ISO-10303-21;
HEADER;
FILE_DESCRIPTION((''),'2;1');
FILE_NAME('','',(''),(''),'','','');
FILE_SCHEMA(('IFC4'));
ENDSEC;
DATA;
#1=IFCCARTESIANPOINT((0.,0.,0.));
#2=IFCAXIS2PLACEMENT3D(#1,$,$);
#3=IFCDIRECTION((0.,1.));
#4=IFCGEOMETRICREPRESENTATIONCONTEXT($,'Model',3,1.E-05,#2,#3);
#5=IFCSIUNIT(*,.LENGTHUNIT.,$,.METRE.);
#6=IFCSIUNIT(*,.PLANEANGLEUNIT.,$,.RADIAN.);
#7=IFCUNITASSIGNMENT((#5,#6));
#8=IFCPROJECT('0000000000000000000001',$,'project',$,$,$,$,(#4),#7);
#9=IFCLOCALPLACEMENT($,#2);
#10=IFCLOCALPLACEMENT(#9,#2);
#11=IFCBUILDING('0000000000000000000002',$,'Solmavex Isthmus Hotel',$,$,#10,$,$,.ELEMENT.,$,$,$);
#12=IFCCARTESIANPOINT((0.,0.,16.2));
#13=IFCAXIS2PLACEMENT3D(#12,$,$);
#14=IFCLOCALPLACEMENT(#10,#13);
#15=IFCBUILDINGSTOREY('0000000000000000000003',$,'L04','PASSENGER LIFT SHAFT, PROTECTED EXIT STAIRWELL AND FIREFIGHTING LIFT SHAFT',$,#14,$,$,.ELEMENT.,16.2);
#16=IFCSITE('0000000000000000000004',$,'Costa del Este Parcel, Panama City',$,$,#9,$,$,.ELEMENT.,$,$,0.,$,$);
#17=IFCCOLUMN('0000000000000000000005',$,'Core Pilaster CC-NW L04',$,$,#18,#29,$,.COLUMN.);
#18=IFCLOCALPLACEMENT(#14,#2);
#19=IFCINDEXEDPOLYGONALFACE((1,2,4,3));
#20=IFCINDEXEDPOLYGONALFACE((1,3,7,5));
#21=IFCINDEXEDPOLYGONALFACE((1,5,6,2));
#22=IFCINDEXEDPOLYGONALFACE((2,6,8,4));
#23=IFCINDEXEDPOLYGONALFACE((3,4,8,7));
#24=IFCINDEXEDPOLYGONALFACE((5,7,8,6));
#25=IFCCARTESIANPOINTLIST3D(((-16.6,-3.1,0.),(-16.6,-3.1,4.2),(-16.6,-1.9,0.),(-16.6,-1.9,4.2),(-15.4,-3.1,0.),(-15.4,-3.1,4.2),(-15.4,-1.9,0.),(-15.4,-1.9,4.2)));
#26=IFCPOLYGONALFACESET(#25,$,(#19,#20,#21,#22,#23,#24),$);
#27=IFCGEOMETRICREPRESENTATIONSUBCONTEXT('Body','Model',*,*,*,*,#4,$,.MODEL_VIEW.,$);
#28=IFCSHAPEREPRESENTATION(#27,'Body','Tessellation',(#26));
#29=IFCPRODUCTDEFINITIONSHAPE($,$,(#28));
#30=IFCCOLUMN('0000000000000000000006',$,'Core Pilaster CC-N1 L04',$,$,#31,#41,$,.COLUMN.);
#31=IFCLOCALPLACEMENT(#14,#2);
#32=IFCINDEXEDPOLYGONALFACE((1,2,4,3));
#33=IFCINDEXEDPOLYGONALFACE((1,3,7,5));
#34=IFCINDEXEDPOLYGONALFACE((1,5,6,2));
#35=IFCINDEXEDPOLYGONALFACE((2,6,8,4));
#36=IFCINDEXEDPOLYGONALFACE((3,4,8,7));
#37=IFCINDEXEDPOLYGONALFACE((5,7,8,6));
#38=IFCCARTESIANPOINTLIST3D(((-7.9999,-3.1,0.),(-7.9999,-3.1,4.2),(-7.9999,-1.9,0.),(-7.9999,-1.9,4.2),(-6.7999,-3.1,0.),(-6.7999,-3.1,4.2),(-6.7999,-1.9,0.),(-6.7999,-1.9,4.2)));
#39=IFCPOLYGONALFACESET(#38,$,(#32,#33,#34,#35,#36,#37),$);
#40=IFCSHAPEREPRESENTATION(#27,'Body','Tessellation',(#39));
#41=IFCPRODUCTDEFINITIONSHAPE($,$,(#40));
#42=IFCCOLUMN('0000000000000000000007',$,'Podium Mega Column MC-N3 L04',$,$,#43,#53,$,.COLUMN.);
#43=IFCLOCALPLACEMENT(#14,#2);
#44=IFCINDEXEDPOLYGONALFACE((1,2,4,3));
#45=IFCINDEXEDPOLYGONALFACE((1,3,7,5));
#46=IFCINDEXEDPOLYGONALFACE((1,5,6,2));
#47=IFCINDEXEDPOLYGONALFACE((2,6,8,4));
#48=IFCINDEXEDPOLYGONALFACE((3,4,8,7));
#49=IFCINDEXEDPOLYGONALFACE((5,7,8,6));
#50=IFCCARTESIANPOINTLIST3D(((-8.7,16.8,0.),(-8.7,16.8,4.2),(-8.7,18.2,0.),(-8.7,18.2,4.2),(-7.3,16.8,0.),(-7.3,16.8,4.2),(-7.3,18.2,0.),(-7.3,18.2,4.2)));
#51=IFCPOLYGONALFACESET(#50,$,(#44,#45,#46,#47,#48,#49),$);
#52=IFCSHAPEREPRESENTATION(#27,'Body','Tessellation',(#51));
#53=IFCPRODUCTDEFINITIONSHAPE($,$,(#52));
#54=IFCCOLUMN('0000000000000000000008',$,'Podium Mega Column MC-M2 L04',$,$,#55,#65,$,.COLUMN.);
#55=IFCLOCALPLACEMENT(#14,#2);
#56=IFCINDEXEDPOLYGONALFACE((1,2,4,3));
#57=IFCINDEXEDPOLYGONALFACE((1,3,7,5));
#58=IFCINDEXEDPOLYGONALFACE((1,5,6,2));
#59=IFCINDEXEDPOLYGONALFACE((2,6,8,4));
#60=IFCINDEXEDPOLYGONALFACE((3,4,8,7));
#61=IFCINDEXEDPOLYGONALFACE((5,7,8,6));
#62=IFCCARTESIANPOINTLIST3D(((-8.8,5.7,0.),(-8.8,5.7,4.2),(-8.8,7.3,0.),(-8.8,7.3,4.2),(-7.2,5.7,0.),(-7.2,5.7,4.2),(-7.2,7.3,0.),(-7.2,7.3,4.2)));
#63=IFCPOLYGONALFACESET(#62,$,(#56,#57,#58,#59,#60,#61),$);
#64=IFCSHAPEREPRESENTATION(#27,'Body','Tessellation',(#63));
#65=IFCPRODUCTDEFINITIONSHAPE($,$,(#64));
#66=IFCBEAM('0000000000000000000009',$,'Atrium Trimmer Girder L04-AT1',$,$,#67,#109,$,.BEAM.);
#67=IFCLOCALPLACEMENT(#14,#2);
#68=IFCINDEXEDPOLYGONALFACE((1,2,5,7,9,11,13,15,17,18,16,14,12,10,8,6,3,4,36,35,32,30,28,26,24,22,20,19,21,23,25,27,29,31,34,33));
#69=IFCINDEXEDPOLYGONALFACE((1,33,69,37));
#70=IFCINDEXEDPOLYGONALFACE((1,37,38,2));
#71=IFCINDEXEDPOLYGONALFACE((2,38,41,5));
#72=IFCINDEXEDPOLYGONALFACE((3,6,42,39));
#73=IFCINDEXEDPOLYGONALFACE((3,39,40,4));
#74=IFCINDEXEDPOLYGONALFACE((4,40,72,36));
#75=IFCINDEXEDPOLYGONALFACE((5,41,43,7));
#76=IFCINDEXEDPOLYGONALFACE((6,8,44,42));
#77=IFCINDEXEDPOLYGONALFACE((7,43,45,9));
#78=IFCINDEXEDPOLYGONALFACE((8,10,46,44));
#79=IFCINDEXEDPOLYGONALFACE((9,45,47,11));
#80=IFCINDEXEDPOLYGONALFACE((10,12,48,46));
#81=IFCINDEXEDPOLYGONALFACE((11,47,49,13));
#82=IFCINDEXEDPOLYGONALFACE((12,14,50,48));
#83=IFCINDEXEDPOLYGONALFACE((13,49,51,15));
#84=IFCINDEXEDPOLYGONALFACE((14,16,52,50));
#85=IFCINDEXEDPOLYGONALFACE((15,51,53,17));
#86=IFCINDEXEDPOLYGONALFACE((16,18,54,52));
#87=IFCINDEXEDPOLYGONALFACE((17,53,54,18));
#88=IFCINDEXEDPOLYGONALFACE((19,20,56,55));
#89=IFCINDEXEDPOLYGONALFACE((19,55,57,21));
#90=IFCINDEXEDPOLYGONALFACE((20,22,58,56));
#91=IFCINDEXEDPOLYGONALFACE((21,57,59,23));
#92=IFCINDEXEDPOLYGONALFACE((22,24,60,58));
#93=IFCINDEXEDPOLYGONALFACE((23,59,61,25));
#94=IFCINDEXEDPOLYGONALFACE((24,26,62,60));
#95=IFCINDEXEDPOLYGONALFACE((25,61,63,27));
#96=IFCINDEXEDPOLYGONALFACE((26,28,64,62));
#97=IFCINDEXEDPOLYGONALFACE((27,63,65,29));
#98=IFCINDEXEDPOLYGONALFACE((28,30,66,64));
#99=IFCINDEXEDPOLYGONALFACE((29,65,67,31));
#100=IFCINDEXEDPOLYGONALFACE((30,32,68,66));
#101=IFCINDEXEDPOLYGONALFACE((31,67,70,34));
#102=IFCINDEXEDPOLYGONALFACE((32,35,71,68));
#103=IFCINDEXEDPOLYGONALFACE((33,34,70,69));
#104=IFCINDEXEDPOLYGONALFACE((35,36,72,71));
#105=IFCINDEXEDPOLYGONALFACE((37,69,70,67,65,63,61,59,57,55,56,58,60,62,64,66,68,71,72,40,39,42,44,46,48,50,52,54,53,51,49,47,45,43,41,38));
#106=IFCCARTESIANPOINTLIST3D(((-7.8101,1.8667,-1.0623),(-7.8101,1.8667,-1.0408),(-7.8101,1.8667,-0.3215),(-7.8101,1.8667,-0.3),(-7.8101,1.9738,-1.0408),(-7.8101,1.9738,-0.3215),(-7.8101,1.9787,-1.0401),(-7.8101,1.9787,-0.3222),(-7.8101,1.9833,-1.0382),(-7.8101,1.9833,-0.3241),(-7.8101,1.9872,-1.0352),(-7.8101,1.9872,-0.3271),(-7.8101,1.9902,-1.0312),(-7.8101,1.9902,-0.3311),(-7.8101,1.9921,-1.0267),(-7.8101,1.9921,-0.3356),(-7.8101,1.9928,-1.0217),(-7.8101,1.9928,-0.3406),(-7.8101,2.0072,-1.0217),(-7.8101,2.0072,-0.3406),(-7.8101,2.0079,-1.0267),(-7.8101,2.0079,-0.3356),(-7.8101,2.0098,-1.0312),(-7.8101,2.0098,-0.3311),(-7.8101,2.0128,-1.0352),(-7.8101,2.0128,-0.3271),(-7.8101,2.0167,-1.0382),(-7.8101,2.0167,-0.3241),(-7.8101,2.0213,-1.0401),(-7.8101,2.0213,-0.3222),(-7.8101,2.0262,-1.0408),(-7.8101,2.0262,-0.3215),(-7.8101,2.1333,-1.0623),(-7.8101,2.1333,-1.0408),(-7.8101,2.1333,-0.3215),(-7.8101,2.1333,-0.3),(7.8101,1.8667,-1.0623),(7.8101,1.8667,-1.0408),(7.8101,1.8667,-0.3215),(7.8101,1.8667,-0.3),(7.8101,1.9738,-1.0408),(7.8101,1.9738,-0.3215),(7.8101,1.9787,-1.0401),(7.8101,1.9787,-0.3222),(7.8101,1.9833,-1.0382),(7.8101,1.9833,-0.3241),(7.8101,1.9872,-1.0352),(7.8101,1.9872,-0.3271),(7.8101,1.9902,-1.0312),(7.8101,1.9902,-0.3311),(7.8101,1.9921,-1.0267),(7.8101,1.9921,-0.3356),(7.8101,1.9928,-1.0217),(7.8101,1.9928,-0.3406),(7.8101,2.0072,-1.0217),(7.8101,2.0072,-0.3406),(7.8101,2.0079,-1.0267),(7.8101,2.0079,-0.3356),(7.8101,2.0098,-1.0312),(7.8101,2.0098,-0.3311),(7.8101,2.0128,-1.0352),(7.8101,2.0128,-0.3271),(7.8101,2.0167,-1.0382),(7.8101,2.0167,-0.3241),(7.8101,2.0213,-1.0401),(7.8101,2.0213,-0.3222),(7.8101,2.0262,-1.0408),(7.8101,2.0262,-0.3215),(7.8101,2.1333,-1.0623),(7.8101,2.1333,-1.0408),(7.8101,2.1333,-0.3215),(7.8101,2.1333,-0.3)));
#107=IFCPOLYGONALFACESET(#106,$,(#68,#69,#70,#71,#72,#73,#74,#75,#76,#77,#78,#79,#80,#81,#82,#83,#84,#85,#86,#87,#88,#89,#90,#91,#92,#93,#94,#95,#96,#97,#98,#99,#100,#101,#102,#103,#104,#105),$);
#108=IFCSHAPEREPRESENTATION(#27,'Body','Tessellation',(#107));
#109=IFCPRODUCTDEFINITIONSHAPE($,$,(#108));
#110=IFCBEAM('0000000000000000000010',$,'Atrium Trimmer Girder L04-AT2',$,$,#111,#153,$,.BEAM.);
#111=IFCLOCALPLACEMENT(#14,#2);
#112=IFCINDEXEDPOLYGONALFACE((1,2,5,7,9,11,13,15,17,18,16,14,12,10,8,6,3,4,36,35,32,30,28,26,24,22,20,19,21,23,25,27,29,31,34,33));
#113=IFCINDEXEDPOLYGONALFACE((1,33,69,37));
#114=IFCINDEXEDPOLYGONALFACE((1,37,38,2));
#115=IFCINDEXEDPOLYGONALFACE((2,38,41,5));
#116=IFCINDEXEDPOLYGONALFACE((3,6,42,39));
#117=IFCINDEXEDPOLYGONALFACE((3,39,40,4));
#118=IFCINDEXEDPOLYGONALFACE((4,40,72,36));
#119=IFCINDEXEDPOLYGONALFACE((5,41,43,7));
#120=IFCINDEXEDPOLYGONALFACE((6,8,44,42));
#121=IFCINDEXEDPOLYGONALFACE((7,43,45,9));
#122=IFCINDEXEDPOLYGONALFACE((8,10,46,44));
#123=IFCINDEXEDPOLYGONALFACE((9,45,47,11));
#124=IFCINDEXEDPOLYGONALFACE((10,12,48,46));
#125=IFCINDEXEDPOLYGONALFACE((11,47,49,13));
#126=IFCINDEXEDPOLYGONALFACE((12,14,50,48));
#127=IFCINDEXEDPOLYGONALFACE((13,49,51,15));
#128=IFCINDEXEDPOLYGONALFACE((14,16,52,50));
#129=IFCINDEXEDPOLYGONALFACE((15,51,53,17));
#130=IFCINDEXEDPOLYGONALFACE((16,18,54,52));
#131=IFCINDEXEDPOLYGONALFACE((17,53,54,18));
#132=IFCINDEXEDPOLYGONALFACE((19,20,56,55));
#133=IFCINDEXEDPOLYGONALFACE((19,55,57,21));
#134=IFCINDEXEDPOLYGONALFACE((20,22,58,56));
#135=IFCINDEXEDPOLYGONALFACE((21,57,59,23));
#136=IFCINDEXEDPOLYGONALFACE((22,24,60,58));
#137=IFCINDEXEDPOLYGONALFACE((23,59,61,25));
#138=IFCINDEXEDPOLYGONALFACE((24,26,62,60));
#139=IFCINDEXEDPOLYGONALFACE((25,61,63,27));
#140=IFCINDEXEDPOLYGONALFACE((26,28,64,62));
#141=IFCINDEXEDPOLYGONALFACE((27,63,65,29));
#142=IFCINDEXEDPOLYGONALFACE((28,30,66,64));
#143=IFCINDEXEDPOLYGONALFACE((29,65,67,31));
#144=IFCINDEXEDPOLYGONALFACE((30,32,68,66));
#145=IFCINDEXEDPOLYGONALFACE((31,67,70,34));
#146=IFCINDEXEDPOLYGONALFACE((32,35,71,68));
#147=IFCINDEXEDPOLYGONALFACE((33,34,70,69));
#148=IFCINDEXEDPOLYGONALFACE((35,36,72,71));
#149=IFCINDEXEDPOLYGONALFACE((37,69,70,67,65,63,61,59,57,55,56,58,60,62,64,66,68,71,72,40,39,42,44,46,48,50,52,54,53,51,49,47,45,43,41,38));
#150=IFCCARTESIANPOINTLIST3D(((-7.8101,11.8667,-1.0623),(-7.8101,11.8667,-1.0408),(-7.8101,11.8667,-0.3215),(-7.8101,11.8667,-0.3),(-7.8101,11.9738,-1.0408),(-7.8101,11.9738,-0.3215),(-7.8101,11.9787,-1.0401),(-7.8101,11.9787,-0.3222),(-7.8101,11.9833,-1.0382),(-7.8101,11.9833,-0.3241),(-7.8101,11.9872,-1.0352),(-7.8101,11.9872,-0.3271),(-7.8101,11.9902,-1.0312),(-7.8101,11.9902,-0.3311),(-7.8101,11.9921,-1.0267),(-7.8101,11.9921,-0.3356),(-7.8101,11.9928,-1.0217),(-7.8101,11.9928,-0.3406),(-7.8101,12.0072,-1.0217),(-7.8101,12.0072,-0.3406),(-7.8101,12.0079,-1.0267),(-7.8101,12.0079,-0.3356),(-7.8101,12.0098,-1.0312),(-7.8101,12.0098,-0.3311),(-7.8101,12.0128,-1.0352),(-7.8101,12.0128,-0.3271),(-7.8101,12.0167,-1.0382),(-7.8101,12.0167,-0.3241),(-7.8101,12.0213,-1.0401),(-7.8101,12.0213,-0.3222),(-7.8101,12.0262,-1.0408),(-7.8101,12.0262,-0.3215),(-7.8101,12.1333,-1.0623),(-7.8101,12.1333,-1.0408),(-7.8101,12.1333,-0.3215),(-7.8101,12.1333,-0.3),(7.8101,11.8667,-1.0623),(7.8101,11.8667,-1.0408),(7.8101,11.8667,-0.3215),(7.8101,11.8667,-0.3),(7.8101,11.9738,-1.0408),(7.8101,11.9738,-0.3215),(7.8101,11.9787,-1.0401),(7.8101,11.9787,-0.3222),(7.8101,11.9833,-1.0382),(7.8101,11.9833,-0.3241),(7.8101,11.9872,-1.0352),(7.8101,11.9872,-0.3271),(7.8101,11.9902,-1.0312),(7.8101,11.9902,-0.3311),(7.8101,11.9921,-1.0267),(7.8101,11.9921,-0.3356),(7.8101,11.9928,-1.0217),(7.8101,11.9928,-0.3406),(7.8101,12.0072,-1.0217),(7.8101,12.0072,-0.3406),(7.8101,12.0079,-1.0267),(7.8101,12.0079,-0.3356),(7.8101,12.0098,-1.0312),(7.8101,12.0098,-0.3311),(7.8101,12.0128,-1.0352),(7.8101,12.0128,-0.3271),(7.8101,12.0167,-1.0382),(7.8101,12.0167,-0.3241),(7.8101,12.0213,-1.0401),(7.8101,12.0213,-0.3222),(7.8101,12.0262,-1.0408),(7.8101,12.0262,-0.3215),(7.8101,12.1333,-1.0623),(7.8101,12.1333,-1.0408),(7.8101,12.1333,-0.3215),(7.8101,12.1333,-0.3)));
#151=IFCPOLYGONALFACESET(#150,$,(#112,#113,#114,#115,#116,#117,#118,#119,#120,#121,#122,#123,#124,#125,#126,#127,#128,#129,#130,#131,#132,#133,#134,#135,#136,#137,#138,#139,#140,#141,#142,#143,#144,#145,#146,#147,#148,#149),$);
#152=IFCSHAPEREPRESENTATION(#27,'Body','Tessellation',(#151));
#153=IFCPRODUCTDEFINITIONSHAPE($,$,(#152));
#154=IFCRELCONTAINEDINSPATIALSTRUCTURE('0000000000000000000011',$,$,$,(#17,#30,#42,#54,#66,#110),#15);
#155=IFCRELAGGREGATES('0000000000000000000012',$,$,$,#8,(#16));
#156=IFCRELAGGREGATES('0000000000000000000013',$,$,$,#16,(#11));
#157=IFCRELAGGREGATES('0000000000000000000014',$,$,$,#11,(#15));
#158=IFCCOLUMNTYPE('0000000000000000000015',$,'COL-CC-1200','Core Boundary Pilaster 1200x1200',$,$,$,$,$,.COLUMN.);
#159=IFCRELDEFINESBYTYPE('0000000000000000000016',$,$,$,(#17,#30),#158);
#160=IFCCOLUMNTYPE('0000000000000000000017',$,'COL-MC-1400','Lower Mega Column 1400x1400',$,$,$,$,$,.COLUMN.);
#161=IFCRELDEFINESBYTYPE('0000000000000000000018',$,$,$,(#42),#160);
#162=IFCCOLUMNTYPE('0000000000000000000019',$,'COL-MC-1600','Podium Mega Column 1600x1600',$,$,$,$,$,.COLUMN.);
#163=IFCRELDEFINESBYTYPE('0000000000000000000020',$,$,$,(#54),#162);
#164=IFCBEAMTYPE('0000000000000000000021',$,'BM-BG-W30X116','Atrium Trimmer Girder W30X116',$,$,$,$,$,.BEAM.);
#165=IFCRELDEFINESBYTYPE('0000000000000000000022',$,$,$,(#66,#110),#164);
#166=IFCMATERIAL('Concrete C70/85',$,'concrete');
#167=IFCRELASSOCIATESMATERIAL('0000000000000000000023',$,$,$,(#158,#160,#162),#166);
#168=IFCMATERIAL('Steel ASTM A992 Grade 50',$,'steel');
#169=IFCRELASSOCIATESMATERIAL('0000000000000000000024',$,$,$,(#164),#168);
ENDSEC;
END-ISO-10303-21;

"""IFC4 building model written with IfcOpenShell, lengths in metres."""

from ifc_helpers import new_model, si_unit, direction, frame, origin, origin_2d, place, context, subcontext, project, spatial, rectangle, i_section, extrude, material, material_profile, profile_set, type_object, element, save


model = new_model("IFC4")

# Units and contexts
model_context = context("Model", 3, precision=1e-05, world=origin(), true_north=direction((0.0, 1.0)))
body_context = subcontext(model_context, "Body", "Model", "MODEL_VIEW")
ifc_project = project(units=[si_unit("LENGTHUNIT", "METRE"), si_unit("PLANEANGLEUNIT", "RADIAN")], contexts=[model_context])

# Site, building, storey
site_placement = place(None, origin())
site = spatial("IfcSite", under=ifc_project, at=site_placement, Name="Costa del Este Parcel, Panama City", CompositionType="ELEMENT", RefElevation=0.0)
building_placement = place(site_placement, origin())
building = spatial("IfcBuilding", under=site, at=building_placement, Name="Solmavex Isthmus Hotel", CompositionType="ELEMENT")
storey_placement = place(building_placement, frame((0.0, 0.0, 16.2)))
storey = spatial("IfcBuildingStorey", under=building, at=storey_placement, Name="L04", Description="PASSENGER LIFT SHAFT, PROTECTED EXIT STAIRWELL AND FIREFIGHTING LIFT SHAFT", CompositionType="ELEMENT", Elevation=16.2)

# Columns
ifc_material_1 = material(Name="Concrete C70/85", Category="concrete")
ifc_material_profile_1 = material_profile(ifc_material_1, rectangle(XDim=1.2, YDim=1.2, at=origin_2d()), Name="RC1200X1200")
ifc_profile_set_1 = profile_set([ifc_material_profile_1], Name="Concrete C70/85")
column_type_1 = type_object("IfcColumnType", Name="COL-CC-1200", Description="Core Boundary Pilaster 1200x1200", PredefinedType="COLUMN", material=ifc_profile_set_1)
for number, where, z_axis, x_axis, name in (
    (1, (-16.0, -2.5, 0.0), (0.0, 0.0, 1.0), (1.0, 0.0, 0.0), "Core Pilaster CC-NW L04"),
    (2, (-7.3999, -2.5, 0.0), (0.0, 0.0, 1.0), (1.0, 0.0, 0.0), "Core Pilaster CC-N1 L04"),
):
    element("IfcColumn", number, at=place(storey_placement, frame(where, z_axis=z_axis, x_axis=x_axis)), inside=storey, type_object=column_type_1, Name=name, PredefinedType="COLUMN", context=body_context, shape_type="SweptSolid", body=[
        extrude(rectangle(XDim=1.2, YDim=1.2, at=origin_2d()), origin(), (0.0, 0.0, 1.0), 4.2),
    ])
ifc_material_profile_2 = material_profile(ifc_material_1, rectangle(XDim=1.3999, YDim=1.3999, at=origin_2d()), Name="RC1400X1400")
ifc_profile_set_2 = profile_set([ifc_material_profile_2], Name="Concrete C70/85")
column_type_2 = type_object("IfcColumnType", Name="COL-MC-1400", Description="Lower Mega Column 1400x1400", PredefinedType="COLUMN", material=ifc_profile_set_2)
column_1_placement = place(storey_placement, frame((-8.0, 17.5, 0.0), z_axis=(0.0, 0.0, 1.0), x_axis=(1.0, 0.0, 0.0)))
element("IfcColumn", 3, at=column_1_placement, inside=storey, type_object=column_type_2, Name="Podium Mega Column MC-N3 L04", PredefinedType="COLUMN", context=body_context, shape_type="SweptSolid", body=[
    extrude(rectangle(XDim=1.3999, YDim=1.3999, at=origin_2d()), origin(), (0.0, 0.0, 1.0), 4.2),
])
ifc_material_profile_3 = material_profile(ifc_material_1, rectangle(XDim=1.6001, YDim=1.6001, at=origin_2d()), Name="RC1600X1600")
ifc_profile_set_3 = profile_set([ifc_material_profile_3], Name="Concrete C70/85")
column_type_3 = type_object("IfcColumnType", Name="COL-MC-1600", Description="Podium Mega Column 1600x1600", PredefinedType="COLUMN", material=ifc_profile_set_3)
column_2_placement = place(storey_placement, frame((-8.0, 6.5, 0.0), z_axis=(0.0, 0.0, 1.0), x_axis=(1.0, 0.0, 0.0)))
element("IfcColumn", 4, at=column_2_placement, inside=storey, type_object=column_type_3, Name="Podium Mega Column MC-M2 L04", PredefinedType="COLUMN", context=body_context, shape_type="SweptSolid", body=[
    extrude(rectangle(XDim=1.6001, YDim=1.6001, at=origin_2d()), origin(), (0.0, 0.0, 1.0), 4.2),
])

# Beams
ifc_material_2 = material(Name="Steel ASTM A992 Grade 50", Category="steel")
ifc_material_profile_4 = material_profile(ifc_material_2, i_section(OverallWidth=0.2666, OverallDepth=0.7622, WebThickness=0.0144, FlangeThickness=0.0215, FilletRadius=0.019, at=origin_2d()), Name="W30X116")
ifc_profile_set_4 = profile_set([ifc_material_profile_4], Name="Steel ASTM A992 Grade 50")
beam_type_1 = type_object("IfcBeamType", Name="BM-BG-W30X116", Description="Atrium Trimmer Girder W30X116", PredefinedType="BEAM", material=ifc_profile_set_4)
for number, where, z_axis, x_axis, name in (
    (5, (-7.8101, 2.0, -0.6812), (1.0, 0.0, 0.0), (0.0, 1.0, 0.0), "Atrium Trimmer Girder L04-AT1"),
    (6, (-7.8101, 12.0, -0.6812), (1.0, 0.0, 0.0), (0.0, 1.0, 0.0), "Atrium Trimmer Girder L04-AT2"),
):
    element("IfcBeam", number, at=place(storey_placement, frame(where, z_axis=z_axis, x_axis=x_axis)), inside=storey, type_object=beam_type_1, Name=name, PredefinedType="BEAM", context=body_context, shape_type="SweptSolid", body=[
        extrude(i_section(OverallWidth=0.2666, OverallDepth=0.7622, WebThickness=0.0144, FlangeThickness=0.0215, FilletRadius=0.019, at=origin_2d()), origin(), (0.0, 0.0, 1.0), 15.6201),
    ])

save(model, "model.ifc")
